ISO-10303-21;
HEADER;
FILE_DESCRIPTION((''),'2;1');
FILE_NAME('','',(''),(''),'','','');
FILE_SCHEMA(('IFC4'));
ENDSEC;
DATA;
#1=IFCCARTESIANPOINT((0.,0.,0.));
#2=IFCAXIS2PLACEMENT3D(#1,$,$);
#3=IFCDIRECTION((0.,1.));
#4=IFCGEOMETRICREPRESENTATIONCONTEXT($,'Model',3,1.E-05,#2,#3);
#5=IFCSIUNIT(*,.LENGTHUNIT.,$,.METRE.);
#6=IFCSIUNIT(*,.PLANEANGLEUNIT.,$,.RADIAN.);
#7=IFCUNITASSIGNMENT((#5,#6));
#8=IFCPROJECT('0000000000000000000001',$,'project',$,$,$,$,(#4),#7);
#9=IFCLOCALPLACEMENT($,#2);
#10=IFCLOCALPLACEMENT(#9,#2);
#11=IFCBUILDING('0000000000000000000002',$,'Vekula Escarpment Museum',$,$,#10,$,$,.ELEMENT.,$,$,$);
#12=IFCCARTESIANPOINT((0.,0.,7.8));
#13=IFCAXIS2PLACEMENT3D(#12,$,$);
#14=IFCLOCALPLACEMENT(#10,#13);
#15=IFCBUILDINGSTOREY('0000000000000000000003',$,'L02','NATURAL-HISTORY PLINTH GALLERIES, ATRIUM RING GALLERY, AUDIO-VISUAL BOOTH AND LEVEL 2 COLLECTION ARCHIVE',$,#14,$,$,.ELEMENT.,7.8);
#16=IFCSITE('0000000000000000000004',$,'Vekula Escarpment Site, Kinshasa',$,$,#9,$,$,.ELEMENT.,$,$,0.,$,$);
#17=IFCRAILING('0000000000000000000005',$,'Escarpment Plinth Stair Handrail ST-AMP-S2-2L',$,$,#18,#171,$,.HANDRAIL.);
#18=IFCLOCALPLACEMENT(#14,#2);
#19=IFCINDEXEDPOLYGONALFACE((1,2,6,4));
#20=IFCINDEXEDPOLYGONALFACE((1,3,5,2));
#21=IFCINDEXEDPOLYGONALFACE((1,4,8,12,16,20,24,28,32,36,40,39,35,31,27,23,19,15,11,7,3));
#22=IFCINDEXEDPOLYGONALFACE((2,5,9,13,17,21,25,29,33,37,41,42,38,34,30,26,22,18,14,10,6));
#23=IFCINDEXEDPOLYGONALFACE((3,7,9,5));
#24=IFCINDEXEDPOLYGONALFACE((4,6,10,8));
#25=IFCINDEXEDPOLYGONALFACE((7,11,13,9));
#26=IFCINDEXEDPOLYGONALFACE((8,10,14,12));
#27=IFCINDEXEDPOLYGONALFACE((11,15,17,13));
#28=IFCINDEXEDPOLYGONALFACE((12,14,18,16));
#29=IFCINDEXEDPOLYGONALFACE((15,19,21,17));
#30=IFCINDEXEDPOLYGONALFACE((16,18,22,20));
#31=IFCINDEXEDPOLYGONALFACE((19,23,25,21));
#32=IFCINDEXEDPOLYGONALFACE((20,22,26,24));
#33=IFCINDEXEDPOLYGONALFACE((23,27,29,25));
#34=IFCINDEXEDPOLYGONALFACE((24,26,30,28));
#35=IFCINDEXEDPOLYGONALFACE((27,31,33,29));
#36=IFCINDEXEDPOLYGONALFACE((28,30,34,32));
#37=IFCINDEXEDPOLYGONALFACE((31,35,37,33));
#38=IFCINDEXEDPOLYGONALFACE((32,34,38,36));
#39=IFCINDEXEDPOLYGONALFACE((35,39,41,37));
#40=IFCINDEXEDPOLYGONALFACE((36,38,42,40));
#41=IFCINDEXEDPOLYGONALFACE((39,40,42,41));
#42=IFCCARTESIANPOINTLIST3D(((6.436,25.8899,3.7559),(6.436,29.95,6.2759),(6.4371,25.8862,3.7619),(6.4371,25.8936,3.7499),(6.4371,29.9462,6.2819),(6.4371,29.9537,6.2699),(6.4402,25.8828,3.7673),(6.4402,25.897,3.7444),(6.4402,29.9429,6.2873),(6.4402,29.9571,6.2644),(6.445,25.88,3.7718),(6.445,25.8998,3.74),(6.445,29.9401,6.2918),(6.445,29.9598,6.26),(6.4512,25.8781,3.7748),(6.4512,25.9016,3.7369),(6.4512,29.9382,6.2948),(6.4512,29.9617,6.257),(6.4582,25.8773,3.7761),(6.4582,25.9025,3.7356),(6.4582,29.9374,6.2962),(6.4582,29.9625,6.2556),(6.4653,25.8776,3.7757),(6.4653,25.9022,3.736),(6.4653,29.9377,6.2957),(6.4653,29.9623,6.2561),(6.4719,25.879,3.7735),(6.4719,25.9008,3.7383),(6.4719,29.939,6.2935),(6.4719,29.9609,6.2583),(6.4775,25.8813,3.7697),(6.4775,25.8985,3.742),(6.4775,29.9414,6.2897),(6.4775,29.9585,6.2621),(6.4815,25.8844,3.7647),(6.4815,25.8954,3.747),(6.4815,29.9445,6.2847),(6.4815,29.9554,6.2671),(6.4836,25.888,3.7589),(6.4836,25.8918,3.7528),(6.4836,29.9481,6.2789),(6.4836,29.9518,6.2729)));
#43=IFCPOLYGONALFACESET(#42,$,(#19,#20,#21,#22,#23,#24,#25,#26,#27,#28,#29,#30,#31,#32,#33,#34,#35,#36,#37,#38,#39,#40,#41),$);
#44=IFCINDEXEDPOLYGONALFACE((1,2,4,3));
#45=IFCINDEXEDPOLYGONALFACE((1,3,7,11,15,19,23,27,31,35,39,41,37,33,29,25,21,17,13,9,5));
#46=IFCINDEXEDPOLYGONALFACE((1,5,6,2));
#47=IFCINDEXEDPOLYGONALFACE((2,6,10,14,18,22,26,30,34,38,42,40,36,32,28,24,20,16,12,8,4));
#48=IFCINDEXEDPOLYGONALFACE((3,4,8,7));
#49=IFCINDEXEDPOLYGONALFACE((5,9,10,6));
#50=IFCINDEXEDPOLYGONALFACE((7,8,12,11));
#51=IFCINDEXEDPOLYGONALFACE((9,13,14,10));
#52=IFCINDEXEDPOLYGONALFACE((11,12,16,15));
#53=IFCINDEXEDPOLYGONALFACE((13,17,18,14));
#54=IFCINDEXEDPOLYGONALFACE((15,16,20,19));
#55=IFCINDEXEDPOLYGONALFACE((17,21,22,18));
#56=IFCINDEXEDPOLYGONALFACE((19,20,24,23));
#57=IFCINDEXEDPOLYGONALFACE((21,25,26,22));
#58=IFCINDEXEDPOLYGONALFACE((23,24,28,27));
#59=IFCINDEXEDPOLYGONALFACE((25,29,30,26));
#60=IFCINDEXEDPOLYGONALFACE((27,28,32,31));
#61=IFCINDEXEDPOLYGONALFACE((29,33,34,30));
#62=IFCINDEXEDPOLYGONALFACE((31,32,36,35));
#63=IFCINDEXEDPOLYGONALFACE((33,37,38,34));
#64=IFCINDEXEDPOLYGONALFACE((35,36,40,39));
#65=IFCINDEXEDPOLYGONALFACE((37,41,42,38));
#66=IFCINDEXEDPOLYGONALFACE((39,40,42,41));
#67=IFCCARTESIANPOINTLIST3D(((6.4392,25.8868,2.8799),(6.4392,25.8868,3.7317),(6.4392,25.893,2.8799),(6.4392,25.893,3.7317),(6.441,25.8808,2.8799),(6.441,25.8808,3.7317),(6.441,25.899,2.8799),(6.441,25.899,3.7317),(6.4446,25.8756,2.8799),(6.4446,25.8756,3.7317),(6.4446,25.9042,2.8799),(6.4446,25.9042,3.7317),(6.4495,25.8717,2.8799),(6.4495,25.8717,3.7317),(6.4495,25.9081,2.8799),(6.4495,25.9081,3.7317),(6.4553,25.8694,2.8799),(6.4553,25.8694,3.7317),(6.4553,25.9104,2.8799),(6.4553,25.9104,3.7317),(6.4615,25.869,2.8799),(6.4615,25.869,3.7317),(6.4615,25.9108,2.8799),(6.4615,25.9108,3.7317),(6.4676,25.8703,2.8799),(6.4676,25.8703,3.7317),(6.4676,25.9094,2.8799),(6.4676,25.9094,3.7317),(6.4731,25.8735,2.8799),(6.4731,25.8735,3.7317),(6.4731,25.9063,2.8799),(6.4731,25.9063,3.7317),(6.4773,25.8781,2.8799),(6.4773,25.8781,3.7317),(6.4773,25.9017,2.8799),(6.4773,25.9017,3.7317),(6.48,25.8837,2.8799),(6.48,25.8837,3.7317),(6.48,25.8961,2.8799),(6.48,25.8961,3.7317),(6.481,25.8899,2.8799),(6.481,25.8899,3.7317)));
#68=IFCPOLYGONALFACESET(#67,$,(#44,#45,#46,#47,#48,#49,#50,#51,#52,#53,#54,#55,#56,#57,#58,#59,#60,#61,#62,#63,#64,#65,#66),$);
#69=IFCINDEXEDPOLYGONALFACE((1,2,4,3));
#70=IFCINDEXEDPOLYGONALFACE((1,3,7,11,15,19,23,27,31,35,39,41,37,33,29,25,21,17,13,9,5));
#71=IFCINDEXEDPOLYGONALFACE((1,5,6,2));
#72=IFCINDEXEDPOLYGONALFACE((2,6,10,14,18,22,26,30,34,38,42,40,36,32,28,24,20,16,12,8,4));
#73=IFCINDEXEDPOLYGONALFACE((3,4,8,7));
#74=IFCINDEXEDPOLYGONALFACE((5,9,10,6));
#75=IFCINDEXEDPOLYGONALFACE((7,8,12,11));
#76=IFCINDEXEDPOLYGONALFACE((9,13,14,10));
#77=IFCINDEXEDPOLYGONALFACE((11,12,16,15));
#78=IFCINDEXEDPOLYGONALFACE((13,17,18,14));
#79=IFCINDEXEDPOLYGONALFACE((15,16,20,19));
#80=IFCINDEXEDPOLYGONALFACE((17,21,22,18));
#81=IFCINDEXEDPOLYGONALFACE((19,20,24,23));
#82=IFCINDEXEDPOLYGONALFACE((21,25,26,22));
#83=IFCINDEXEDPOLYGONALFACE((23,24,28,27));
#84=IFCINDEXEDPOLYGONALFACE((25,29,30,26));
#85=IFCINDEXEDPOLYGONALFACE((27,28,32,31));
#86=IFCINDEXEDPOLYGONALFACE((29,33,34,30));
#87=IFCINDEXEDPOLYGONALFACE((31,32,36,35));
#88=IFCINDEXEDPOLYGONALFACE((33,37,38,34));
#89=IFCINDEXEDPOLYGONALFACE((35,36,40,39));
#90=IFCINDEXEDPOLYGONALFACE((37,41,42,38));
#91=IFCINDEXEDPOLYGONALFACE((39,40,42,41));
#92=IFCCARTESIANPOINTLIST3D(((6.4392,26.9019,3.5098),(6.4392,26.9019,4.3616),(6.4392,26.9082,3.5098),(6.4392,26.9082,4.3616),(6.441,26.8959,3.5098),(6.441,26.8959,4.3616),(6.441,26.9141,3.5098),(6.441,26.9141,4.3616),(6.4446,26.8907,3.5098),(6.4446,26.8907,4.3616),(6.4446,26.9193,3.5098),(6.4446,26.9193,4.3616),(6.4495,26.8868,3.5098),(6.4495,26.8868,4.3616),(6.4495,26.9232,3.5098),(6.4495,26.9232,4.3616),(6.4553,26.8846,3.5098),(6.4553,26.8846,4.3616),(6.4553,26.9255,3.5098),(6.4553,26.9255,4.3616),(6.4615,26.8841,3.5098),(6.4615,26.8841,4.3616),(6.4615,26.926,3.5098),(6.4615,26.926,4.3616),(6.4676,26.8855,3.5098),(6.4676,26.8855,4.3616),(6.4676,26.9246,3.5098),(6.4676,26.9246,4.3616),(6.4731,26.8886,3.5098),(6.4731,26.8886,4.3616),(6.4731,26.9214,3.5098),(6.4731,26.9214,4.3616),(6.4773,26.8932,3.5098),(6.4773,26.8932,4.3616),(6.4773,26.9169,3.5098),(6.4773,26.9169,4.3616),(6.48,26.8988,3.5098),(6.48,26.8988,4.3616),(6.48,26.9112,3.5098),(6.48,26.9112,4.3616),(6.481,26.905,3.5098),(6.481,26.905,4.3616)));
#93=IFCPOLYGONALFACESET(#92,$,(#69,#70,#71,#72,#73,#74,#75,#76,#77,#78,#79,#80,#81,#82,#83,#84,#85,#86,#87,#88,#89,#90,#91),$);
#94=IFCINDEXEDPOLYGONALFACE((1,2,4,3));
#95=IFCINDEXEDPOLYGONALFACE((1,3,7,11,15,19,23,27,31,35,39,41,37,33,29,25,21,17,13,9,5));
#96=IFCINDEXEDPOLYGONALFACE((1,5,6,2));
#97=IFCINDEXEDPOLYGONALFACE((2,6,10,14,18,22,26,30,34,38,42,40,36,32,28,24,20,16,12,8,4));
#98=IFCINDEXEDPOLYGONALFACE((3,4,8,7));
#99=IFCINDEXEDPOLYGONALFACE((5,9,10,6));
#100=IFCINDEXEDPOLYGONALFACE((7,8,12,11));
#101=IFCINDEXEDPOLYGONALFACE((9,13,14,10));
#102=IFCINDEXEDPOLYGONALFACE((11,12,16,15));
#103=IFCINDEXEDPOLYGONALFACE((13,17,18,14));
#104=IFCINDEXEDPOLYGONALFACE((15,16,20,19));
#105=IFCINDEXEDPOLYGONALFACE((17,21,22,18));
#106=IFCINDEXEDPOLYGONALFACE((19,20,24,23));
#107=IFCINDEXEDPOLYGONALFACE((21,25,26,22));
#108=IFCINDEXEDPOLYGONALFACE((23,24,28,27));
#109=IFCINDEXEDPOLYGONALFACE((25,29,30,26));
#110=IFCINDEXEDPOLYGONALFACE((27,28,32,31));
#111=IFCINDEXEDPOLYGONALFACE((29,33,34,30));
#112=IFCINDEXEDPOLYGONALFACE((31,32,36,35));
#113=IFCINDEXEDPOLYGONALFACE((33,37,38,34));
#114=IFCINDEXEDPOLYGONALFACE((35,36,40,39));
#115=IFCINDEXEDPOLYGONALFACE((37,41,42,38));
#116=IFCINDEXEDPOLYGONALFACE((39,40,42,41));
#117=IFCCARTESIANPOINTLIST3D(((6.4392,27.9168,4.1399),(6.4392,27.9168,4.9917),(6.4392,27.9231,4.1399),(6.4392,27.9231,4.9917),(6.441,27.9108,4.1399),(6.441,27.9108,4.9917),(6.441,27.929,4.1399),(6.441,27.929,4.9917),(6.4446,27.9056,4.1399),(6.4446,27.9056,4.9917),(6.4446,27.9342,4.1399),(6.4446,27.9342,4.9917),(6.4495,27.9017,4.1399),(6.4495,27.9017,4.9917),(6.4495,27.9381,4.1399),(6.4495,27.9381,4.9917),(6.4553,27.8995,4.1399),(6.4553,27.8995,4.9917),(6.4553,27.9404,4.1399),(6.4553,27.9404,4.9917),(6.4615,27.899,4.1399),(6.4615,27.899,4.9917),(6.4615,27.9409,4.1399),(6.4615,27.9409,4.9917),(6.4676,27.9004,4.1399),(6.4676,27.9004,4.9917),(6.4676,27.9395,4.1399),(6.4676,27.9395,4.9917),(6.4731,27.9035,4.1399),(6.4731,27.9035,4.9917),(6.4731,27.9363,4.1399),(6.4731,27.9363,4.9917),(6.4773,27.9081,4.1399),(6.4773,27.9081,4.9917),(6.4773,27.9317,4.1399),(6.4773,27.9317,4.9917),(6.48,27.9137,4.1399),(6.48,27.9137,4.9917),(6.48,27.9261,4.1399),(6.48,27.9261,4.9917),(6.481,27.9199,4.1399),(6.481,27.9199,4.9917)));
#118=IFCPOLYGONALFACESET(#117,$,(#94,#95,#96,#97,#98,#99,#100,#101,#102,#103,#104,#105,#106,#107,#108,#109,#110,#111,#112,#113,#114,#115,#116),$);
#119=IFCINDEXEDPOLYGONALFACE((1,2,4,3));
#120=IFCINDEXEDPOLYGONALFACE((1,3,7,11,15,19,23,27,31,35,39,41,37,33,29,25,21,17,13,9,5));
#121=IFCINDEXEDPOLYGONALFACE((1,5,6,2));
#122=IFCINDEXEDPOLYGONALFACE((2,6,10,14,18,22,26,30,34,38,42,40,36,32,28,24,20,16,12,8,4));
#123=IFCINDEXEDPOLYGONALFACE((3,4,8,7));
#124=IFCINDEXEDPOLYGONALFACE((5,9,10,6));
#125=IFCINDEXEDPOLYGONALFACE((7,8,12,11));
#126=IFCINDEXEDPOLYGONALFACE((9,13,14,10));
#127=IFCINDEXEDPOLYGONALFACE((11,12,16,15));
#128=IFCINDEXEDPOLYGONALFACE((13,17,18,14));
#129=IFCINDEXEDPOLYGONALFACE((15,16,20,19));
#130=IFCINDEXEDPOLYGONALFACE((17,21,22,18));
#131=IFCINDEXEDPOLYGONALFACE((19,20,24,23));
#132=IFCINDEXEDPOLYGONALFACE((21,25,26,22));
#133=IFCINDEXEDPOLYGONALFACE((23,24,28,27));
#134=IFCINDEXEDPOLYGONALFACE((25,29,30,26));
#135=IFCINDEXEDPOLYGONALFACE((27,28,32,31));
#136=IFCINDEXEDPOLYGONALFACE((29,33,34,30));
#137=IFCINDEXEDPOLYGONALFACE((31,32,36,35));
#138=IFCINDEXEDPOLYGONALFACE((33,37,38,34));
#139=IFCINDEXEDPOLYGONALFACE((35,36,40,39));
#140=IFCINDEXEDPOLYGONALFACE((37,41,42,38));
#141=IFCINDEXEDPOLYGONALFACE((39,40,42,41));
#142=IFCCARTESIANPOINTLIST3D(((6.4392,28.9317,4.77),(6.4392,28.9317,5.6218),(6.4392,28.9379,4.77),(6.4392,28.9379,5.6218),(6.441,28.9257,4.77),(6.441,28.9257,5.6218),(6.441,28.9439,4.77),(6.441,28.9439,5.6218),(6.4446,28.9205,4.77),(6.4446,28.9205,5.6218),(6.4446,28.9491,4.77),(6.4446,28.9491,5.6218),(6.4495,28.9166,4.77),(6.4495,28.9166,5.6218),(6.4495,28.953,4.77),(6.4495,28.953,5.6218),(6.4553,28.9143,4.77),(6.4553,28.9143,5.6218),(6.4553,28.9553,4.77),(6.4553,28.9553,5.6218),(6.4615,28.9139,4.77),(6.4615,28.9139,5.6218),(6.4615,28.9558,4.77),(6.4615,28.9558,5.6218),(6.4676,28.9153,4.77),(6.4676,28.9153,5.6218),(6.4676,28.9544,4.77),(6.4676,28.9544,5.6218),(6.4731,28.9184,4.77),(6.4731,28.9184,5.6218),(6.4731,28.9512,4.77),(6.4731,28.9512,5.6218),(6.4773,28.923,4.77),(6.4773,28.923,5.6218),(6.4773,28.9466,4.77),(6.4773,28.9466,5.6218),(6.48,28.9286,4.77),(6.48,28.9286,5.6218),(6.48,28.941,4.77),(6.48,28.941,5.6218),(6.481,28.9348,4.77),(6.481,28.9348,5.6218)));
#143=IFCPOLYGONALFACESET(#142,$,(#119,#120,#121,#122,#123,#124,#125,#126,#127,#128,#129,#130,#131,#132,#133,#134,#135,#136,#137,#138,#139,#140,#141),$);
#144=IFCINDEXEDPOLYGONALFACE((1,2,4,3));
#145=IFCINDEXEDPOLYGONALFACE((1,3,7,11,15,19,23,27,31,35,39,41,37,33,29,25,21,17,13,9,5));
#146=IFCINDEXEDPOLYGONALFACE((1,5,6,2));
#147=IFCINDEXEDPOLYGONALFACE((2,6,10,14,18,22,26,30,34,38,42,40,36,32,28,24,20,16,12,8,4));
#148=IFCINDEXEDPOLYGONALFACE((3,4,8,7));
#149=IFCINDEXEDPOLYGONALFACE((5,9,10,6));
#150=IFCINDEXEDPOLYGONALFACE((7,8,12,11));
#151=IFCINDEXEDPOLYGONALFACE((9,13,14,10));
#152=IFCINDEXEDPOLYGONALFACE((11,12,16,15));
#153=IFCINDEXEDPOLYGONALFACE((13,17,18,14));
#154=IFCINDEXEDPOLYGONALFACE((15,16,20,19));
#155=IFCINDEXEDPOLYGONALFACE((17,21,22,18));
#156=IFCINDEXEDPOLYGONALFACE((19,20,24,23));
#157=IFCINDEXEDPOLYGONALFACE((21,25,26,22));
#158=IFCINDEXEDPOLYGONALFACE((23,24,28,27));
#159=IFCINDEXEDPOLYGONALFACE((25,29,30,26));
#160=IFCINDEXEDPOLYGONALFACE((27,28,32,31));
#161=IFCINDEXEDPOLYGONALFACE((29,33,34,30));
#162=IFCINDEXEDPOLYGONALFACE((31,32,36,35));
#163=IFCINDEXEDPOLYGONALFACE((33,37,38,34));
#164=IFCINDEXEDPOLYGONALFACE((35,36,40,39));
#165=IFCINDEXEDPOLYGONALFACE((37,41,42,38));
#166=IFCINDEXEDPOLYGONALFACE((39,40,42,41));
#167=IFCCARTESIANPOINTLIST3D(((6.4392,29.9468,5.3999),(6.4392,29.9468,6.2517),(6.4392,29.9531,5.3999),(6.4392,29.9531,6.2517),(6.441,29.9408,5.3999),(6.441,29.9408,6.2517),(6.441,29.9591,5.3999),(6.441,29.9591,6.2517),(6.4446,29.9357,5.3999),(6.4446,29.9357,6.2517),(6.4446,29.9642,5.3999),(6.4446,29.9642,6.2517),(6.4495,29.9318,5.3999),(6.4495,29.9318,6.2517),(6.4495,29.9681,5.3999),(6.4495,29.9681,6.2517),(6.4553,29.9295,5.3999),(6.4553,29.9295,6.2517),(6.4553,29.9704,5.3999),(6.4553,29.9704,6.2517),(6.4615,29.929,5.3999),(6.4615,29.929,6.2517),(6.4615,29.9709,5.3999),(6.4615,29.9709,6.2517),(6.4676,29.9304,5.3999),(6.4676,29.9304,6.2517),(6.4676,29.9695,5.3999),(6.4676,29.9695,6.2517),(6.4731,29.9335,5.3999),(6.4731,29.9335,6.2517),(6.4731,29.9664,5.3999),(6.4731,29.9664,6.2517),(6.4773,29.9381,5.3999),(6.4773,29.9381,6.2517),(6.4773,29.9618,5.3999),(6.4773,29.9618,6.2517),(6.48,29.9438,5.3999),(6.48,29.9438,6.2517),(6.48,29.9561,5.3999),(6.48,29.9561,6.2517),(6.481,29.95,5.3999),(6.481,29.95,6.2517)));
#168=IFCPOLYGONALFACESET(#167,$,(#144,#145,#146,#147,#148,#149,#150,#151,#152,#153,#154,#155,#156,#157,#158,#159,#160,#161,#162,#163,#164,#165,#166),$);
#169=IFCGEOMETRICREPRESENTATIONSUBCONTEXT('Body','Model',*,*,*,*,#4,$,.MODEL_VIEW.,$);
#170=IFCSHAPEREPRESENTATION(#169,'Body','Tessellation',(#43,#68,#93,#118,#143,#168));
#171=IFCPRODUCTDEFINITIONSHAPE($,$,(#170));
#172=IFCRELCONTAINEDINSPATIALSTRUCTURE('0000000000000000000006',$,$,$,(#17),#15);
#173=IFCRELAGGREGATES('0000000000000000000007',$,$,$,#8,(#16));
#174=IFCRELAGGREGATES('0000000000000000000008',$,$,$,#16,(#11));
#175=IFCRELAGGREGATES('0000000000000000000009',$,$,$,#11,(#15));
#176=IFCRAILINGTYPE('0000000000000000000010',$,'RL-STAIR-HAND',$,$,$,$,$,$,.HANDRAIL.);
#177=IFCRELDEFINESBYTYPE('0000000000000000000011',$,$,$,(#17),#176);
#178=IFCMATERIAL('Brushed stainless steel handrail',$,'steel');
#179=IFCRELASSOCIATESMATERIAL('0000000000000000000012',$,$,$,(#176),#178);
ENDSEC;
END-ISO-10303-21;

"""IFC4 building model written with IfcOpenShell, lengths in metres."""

from ifc_helpers import new_model, si_unit, direction, frame, origin, origin_2d, place, context, subcontext, project, spatial, circle, extrude, material, type_object, element, save


model = new_model("IFC4")

# Units and contexts
model_context = context("Model", 3, precision=1e-05, world=origin(), true_north=direction((0.0, 1.0)))
body_context = subcontext(model_context, "Body", "Model", "MODEL_VIEW")
ifc_project = project(units=[si_unit("LENGTHUNIT", "METRE"), si_unit("PLANEANGLEUNIT", "RADIAN")], contexts=[model_context])

# Site, building, storey
site_placement = place(None, origin())
site = spatial("IfcSite", under=ifc_project, at=site_placement, Name="Vekula Escarpment Site, Kinshasa", CompositionType="ELEMENT", RefElevation=0.0)
building_placement = place(site_placement, origin())
building = spatial("IfcBuilding", under=site, at=building_placement, Name="Vekula Escarpment Museum", CompositionType="ELEMENT")
storey_placement = place(building_placement, frame((0.0, 0.0, 7.8)))
storey = spatial("IfcBuildingStorey", under=building, at=storey_placement, Name="L02", Description="NATURAL-HISTORY PLINTH GALLERIES, ATRIUM RING GALLERY, AUDIO-VISUAL BOOTH AND LEVEL 2 COLLECTION ARCHIVE", CompositionType="ELEMENT", Elevation=7.8)

# Railing
ifc_material_1 = material(Name="Brushed stainless steel handrail", Category="steel")
railing_type_1 = type_object("IfcRailingType", Name="RL-STAIR-HAND", PredefinedType="HANDRAIL", material=ifc_material_1)
for number, where, name in (
    (1, (6.46, 25.8899, 2.8799), "Escarpment Plinth Stair Handrail ST-AMP-S2-2L"),
):
    element("IfcRailing", number, at=place(storey_placement, frame(where)), inside=storey, type_object=railing_type_1, Name=name, PredefinedType="HANDRAIL", context=body_context, shape_type="SweptSolid", body=[
        extrude(circle(Radius=0.0239, at=origin_2d()), frame((0.0, 0.0, 0.876), z_axis=(0.0, 0.849642, 0.52736), x_axis=(-1.0, 0.0, 0.0)), (0.0, 0.0, 1.0), 4.7786),
        extrude(circle(Radius=0.021, at=origin_2d()), origin(), (0.0, 0.0, 1.0), 0.8518),
        extrude(circle(Radius=0.021, at=origin_2d()), frame((0.0, 1.0151, 0.6299)), (0.0, 0.0, 1.0), 0.8518),
        extrude(circle(Radius=0.021, at=origin_2d()), frame((0.0, 2.03, 1.26)), (0.0, 0.0, 1.0), 0.8518),
        extrude(circle(Radius=0.021, at=origin_2d()), frame((0.0, 3.0449, 1.8901)), (0.0, 0.0, 1.0), 0.8518),
        extrude(circle(Radius=0.021, at=origin_2d()), frame((0.0, 4.0601, 2.52)), (0.0, 0.0, 1.0), 0.8518),
    ])

save(model, "model.ifc")
